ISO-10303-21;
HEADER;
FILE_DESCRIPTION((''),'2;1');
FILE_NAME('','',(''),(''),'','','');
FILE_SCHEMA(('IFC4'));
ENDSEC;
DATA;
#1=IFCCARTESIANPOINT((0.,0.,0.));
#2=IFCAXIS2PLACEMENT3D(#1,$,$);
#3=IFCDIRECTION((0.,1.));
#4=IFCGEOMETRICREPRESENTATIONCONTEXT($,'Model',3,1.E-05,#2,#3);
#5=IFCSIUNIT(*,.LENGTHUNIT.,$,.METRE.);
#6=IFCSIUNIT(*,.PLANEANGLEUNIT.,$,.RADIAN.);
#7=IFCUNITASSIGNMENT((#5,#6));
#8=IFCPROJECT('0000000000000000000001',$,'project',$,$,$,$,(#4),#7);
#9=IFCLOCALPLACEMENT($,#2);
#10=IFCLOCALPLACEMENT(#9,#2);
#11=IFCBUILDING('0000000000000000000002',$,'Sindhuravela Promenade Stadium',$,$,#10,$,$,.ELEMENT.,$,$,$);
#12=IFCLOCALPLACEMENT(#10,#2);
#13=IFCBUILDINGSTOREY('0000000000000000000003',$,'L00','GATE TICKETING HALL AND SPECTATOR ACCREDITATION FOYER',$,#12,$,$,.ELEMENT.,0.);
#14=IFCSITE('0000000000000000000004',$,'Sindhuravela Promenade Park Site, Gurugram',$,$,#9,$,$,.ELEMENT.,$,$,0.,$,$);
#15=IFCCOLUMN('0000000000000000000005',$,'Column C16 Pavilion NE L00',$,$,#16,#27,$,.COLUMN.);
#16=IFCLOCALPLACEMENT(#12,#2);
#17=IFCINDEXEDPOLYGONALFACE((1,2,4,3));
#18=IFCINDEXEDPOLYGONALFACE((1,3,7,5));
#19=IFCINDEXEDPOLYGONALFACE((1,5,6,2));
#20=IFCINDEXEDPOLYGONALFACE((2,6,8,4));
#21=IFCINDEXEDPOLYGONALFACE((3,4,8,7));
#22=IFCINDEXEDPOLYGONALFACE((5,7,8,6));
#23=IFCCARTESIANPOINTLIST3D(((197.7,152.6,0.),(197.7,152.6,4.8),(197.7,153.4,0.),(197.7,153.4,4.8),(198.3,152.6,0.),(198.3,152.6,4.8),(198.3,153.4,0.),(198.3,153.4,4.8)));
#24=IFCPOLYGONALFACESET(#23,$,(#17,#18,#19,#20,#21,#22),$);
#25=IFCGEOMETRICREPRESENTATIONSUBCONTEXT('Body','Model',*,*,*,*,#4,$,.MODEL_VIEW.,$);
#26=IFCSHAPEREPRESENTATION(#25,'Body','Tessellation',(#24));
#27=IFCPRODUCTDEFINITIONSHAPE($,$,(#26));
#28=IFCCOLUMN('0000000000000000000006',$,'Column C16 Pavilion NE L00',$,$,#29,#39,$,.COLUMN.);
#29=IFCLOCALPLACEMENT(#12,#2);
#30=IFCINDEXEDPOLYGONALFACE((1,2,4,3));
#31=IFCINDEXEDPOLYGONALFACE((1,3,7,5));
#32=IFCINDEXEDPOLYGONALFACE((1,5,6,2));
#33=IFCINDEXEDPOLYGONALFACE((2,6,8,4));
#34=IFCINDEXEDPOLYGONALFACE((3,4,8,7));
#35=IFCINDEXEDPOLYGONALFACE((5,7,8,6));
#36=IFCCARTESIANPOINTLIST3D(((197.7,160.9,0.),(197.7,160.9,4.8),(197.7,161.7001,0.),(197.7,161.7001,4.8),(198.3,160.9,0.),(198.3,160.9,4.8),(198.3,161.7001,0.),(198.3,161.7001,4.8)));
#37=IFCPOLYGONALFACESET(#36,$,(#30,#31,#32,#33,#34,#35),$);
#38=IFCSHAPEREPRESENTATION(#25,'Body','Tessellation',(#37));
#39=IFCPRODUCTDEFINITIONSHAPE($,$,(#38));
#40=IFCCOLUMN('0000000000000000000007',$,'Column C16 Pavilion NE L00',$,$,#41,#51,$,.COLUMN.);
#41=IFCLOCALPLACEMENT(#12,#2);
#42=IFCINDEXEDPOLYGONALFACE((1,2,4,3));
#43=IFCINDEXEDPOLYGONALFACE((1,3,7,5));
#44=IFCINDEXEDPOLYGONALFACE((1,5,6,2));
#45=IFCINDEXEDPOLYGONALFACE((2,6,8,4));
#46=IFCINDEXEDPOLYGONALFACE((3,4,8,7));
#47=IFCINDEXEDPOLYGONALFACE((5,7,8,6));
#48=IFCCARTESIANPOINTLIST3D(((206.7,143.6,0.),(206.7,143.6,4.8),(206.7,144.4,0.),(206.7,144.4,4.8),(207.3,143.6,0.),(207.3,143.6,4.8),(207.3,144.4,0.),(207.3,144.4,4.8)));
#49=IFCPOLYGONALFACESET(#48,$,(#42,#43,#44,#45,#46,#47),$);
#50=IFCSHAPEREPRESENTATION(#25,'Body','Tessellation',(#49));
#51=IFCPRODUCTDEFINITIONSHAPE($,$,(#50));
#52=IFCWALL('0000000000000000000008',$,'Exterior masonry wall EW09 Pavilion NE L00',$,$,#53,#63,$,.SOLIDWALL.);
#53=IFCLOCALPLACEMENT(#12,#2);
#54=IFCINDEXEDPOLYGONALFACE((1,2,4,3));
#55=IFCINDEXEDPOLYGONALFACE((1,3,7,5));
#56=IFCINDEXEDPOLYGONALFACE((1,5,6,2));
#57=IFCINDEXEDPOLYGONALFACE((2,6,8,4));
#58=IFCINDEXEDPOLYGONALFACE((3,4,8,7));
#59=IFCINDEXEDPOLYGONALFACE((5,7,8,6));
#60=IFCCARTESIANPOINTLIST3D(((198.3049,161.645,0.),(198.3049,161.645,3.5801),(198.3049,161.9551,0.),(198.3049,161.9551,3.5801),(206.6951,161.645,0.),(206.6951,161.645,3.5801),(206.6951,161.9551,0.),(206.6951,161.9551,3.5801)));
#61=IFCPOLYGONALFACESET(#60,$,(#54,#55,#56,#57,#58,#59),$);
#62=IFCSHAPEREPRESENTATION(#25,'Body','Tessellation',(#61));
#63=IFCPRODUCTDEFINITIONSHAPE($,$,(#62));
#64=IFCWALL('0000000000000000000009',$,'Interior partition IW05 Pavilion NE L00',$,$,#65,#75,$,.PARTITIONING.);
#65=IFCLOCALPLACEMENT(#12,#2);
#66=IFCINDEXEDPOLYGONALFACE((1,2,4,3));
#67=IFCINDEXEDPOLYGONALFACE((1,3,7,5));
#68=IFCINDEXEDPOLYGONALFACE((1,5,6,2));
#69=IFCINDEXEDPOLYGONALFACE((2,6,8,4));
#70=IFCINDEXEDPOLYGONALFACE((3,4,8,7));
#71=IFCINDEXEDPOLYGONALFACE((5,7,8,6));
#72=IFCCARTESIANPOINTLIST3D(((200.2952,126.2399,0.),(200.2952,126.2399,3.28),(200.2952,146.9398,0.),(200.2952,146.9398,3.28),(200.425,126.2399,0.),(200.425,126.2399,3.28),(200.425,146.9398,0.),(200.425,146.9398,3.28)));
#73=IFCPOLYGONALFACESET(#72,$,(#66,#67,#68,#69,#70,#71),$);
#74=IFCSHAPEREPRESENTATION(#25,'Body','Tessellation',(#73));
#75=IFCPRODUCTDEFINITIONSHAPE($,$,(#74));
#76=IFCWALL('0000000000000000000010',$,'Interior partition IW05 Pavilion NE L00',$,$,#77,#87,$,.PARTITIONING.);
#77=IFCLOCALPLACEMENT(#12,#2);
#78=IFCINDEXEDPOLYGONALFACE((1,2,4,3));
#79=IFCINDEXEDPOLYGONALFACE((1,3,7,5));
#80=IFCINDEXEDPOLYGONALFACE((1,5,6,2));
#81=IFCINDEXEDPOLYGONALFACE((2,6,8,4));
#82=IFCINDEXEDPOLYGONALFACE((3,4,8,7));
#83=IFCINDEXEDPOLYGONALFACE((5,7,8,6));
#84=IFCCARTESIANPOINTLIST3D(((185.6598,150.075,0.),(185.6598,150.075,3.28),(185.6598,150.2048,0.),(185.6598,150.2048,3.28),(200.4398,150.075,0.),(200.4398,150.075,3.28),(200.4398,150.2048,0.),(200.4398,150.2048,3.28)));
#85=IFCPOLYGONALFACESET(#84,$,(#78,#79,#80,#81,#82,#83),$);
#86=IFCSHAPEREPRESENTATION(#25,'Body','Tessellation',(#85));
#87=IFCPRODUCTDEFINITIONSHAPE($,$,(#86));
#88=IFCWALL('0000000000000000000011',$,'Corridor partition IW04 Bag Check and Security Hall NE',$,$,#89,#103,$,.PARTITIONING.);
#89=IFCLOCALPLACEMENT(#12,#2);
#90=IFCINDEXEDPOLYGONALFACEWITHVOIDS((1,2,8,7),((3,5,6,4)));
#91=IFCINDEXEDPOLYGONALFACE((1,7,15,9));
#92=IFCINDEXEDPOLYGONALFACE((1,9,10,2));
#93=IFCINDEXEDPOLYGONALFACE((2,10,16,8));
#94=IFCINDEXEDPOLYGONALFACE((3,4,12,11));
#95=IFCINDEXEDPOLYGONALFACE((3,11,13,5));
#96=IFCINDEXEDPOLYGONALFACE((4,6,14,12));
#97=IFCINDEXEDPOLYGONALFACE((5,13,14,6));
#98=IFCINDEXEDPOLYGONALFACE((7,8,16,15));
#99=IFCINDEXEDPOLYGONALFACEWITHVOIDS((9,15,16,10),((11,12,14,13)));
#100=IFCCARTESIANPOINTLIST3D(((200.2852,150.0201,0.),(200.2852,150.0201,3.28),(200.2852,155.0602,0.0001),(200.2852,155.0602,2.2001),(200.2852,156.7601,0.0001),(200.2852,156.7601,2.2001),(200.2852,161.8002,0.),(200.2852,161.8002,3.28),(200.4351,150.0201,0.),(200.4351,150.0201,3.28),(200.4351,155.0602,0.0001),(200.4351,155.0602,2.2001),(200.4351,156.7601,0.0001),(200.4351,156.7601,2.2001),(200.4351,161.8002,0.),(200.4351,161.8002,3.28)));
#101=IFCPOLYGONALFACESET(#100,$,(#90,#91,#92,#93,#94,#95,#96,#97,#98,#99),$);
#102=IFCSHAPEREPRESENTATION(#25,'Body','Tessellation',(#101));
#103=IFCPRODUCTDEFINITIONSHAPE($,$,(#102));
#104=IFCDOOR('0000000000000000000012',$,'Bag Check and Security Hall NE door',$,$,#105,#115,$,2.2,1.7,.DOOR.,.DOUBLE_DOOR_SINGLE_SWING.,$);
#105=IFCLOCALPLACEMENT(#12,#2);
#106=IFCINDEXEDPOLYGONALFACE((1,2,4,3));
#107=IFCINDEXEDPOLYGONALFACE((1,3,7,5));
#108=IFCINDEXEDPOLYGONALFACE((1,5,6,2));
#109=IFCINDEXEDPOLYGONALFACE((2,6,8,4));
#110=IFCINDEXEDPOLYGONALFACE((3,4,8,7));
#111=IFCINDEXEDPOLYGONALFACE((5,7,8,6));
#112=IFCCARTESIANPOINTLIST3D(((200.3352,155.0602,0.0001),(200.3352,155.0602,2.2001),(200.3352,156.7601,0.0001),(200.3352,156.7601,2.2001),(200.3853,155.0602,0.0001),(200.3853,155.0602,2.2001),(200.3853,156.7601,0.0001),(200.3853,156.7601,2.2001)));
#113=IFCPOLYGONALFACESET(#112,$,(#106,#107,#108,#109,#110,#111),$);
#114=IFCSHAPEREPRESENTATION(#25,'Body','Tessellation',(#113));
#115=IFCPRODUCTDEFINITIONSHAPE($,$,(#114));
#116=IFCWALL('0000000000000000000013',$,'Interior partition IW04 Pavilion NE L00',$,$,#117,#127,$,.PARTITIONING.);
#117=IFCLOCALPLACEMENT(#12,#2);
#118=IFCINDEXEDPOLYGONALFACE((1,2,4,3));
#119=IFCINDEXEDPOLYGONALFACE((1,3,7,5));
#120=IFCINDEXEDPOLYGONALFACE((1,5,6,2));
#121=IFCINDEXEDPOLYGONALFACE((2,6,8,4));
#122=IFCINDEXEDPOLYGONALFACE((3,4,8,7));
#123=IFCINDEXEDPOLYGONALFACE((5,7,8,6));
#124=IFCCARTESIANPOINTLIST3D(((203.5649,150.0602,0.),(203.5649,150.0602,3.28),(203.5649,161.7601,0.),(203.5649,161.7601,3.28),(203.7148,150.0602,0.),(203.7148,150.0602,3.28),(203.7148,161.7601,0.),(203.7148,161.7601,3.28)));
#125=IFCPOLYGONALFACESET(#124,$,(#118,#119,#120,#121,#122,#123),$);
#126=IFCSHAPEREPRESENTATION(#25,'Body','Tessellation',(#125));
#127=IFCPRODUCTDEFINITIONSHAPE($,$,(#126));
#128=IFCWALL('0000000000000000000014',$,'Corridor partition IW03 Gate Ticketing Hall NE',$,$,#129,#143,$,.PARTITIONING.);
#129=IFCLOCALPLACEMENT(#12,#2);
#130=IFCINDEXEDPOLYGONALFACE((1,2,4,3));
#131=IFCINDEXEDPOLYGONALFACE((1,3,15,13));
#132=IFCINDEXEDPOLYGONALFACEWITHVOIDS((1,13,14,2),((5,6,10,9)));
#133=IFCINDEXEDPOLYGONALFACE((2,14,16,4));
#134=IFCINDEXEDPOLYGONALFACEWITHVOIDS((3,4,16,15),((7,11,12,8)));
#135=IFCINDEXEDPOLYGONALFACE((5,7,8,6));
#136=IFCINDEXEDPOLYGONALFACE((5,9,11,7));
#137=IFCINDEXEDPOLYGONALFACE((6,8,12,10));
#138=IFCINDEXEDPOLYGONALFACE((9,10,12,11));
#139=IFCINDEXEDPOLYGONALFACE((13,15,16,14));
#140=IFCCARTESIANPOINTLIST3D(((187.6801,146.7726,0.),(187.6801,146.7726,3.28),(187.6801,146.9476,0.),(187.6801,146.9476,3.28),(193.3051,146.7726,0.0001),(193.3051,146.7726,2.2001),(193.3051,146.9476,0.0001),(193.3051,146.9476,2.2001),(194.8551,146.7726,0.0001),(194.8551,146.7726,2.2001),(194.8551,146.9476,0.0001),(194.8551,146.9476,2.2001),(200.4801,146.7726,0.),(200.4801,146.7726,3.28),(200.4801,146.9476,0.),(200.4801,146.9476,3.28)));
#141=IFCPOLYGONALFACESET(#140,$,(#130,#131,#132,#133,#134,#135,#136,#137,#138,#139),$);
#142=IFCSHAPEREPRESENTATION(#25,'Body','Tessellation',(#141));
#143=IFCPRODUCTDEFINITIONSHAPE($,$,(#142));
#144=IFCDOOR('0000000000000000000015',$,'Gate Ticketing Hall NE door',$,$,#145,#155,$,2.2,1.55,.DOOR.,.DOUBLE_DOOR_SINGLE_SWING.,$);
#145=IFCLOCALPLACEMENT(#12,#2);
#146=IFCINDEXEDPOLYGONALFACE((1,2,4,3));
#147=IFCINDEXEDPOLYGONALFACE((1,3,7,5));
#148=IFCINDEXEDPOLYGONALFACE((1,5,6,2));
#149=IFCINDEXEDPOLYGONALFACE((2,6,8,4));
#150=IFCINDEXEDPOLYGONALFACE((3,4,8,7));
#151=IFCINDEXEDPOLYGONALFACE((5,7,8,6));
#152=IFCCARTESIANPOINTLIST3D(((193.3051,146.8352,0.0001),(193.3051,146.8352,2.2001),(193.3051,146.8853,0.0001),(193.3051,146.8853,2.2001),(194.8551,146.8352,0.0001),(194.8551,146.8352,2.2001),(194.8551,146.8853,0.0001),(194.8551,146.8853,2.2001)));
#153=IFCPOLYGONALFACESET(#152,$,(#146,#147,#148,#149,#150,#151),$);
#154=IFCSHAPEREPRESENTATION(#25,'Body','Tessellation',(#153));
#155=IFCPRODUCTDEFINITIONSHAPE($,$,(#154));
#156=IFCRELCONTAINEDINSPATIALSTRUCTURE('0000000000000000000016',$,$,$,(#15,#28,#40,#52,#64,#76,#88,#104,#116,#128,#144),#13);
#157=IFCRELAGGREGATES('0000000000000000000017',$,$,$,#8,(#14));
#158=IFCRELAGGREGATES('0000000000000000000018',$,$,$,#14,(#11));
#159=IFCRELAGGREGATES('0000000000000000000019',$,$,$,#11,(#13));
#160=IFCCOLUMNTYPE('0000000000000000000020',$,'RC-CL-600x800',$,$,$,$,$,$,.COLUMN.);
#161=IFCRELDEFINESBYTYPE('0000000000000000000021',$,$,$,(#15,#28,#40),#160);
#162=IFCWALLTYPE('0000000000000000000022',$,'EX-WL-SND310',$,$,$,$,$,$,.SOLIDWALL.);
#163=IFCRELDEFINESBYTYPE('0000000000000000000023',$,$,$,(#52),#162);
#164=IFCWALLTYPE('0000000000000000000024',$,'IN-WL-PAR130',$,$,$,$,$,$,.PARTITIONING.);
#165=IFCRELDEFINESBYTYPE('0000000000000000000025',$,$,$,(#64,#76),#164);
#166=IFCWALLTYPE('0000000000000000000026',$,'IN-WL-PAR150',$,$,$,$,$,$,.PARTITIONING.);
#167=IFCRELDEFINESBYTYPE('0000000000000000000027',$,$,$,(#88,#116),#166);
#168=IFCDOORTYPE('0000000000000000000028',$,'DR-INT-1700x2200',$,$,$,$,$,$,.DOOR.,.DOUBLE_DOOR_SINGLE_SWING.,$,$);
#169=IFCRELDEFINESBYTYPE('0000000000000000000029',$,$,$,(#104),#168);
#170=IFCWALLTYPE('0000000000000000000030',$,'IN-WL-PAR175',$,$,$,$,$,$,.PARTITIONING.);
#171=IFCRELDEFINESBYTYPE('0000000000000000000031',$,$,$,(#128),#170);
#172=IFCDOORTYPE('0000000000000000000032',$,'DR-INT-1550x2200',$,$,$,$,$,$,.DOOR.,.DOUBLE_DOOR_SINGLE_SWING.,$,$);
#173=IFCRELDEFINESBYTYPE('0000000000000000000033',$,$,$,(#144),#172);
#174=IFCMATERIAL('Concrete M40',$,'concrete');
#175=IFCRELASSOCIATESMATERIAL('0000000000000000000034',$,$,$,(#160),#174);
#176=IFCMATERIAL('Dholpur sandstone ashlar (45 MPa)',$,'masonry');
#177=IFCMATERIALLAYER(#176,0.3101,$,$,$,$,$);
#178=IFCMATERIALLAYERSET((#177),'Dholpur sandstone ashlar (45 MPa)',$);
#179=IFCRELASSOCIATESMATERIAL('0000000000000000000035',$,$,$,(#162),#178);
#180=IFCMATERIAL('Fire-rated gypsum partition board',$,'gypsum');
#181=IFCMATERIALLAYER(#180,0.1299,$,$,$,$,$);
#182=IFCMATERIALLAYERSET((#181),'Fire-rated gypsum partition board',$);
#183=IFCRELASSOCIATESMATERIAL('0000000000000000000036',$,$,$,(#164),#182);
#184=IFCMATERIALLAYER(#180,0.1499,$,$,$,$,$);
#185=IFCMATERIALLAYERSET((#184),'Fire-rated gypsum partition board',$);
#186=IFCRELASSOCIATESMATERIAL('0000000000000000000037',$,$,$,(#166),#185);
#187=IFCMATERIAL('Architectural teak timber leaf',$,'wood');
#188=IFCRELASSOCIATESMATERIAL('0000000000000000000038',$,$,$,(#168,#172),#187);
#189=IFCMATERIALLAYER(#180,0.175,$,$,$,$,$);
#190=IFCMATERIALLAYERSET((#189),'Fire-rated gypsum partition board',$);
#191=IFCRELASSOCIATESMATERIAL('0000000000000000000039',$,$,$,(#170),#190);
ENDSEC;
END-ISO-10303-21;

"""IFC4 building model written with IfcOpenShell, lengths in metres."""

from ifc_helpers import new_model, si_unit, direction, frame, frame_2d, origin, origin_2d, place, context, subcontext, project, spatial, rectangle, extrude, material, layer, layer_set, material_profile, profile_set, type_object, element, fill, save


model = new_model("IFC4")

# Units and contexts
model_context = context("Model", 3, precision=1e-05, world=origin(), true_north=direction((0.0, 1.0)))
body_context = subcontext(model_context, "Body", "Model", "MODEL_VIEW")
ifc_project = project(units=[si_unit("LENGTHUNIT", "METRE"), si_unit("PLANEANGLEUNIT", "RADIAN")], contexts=[model_context])

# Site, building, storey
site_placement = place(None, origin())
site = spatial("IfcSite", under=ifc_project, at=site_placement, Name="Sindhuravela Promenade Park Site, Gurugram", CompositionType="ELEMENT", RefElevation=0.0)
building_placement = place(site_placement, origin())
building = spatial("IfcBuilding", under=site, at=building_placement, Name="Sindhuravela Promenade Stadium", CompositionType="ELEMENT")
storey_placement = place(building_placement, origin())
storey = spatial("IfcBuildingStorey", under=building, at=storey_placement, Name="L00", Description="GATE TICKETING HALL AND SPECTATOR ACCREDITATION FOYER", CompositionType="ELEMENT", Elevation=0.0)

# Shared definitions
ifc_material_1 = material(Name="Concrete M40", Category="concrete")

# Columns
ifc_material_profile_1 = material_profile(ifc_material_1, rectangle(XDim=0.6001, YDim=0.8, at=origin_2d()), Name="RC 600x800")
ifc_profile_set_1 = profile_set([ifc_material_profile_1], Name="Concrete M40")
column_type = type_object("IfcColumnType", Name="RC-CL-600x800", PredefinedType="COLUMN", material=ifc_profile_set_1)
for number, where, z_axis, x_axis, name in (
    (1, (198.0, 153.0, 0.0), (0.0, 0.0, 1.0), (1.0, 0.0, 0.0), "Column C16 Pavilion NE L00"),
    (2, (198.0, 161.3, 0.0), (0.0, 0.0, 1.0), (1.0, 0.0, 0.0), "Column C16 Pavilion NE L00"),
    (3, (207.0, 144.0, 0.0), (0.0, 0.0, 1.0), (1.0, 0.0, 0.0), "Column C16 Pavilion NE L00"),
):
    element("IfcColumn", number, at=place(storey_placement, frame(where, z_axis=z_axis, x_axis=x_axis)), inside=storey, type_object=column_type, Name=name, PredefinedType="COLUMN", context=body_context, shape_type="SweptSolid", body=[
        extrude(rectangle(XDim=0.6001, YDim=0.8, at=origin_2d()), origin(), (0.0, 0.0, 1.0), 4.8),
    ])

# Walls
ifc_material_2 = material(Name="Dholpur sandstone ashlar (45 MPa)", Category="masonry")
ifc_layer_1 = layer(ifc_material_2, 0.3101)
ifc_layer_set_1 = layer_set([ifc_layer_1], Name="Dholpur sandstone ashlar (45 MPa)")
wall_type_1 = type_object("IfcWallType", Name="EX-WL-SND310", PredefinedType="SOLIDWALL", material=ifc_layer_set_1)
wall_1_placement = place(storey_placement, frame((198.3049, 161.8, 0.0), z_axis=(0.0, 0.0, 1.0), x_axis=(1.0, 0.0, 0.0)))
element("IfcWall", 4, at=wall_1_placement, inside=storey, type_object=wall_type_1, Name="Exterior masonry wall EW09 Pavilion NE L00", PredefinedType="SOLIDWALL", context=body_context, shape_type="SweptSolid", body=[
    extrude(rectangle(XDim=8.3901, YDim=0.3101, at=frame_2d((4.1951, 0.0))), origin(), (0.0, 0.0, 1.0), 3.5801),
])
ifc_material_3 = material(Name="Fire-rated gypsum partition board", Category="gypsum")
ifc_layer_2 = layer(ifc_material_3, 0.1299)
ifc_layer_set_2 = layer_set([ifc_layer_2], Name="Fire-rated gypsum partition board")
wall_type_2 = type_object("IfcWallType", Name="IN-WL-PAR130", PredefinedType="PARTITIONING", material=ifc_layer_set_2)
wall_2_placement = place(storey_placement, frame((200.3601, 146.9399, 0.0), z_axis=(0.0, 0.0, 1.0), x_axis=(0.0, -1.0, 0.0)))
element("IfcWall", 5, at=wall_2_placement, inside=storey, type_object=wall_type_2, Name="Interior partition IW05 Pavilion NE L00", PredefinedType="PARTITIONING", context=body_context, shape_type="SweptSolid", body=[
    extrude(rectangle(XDim=20.7, YDim=0.1299, at=frame_2d((10.3501, 0.0))), origin(), (0.0, 0.0, 1.0), 3.28),
])
wall_3_placement = place(storey_placement, frame((200.4399, 150.1399, 0.0), z_axis=(0.0, 0.0, 1.0), x_axis=(-1.0, 0.0, 0.0)))
element("IfcWall", 6, at=wall_3_placement, inside=storey, type_object=wall_type_2, Name="Interior partition IW05 Pavilion NE L00", PredefinedType="PARTITIONING", context=body_context, shape_type="SweptSolid", body=[
    extrude(rectangle(XDim=14.78, YDim=0.1299, at=frame_2d((7.3901, 0.0))), origin(), (0.0, 0.0, 1.0), 3.28),
])

# Wall, opening, door
ifc_layer_3 = layer(ifc_material_3, 0.1499)
ifc_layer_set_3 = layer_set([ifc_layer_3], Name="Fire-rated gypsum partition board")
wall_type_3 = type_object("IfcWallType", Name="IN-WL-PAR150", PredefinedType="PARTITIONING", material=ifc_layer_set_3)
wall_4_placement = place(storey_placement, frame((200.3601, 150.02, 0.0), z_axis=(0.0, 0.0, 1.0), x_axis=(0.0, 1.0, 0.0)))
wall_4 = element("IfcWall", 7, at=wall_4_placement, inside=storey, type_object=wall_type_3, Name="Corridor partition IW04 Bag Check and Security Hall NE", PredefinedType="PARTITIONING", context=body_context, shape_type="SweptSolid", body=[
    extrude(rectangle(XDim=11.78, YDim=0.1499, at=frame_2d((5.8901, 0.0))), origin(), (0.0, 0.0, 1.0), 3.28),
])
opening_1_placement = place(wall_4_placement, frame((5.04, 0.0, 0.0)))
opening_1 = element("IfcOpeningElement", 8, at=opening_1_placement, cuts=wall_4, PredefinedType="OPENING", context=body_context, shape_type="SweptSolid", body=[
    extrude(rectangle(XDim=1.7, YDim=2.2, at=frame_2d((0.8501, 1.1001))), frame((0.0, 0.085, 0.0), z_axis=(0.0, -1.0, 0.0), x_axis=(1.0, 0.0, 0.0)), (0.0, 0.0, 1.0), 0.1699),
])
ifc_material_4 = material(Name="Architectural teak timber leaf", Category="wood")
door_type_1 = type_object("IfcDoorType", Name="DR-INT-1700x2200", OperationType="DOUBLE_DOOR_SINGLE_SWING", PredefinedType="DOOR", material=ifc_material_4)
door_1_placement = place(opening_1_placement, origin())
door_1 = element("IfcDoor", 9, at=door_1_placement, inside=storey, type_object=door_type_1, Name="Bag Check and Security Hall NE door", OperationType="DOUBLE_DOOR_SINGLE_SWING", OverallHeight=2.2, OverallWidth=1.7, PredefinedType="DOOR", context=body_context, shape_type="SweptSolid", body=[
    extrude(rectangle(XDim=1.7, YDim=2.2, at=frame_2d((0.8501, 1.1001))), frame((0.0, 0.0249, 0.0), z_axis=(0.0, -1.0, 0.0), x_axis=(1.0, 0.0, 0.0)), (0.0, 0.0, 1.0), 0.05),
])
fill(opening_1, door_1)

# Wall
wall_5_placement = place(storey_placement, frame((203.6399, 150.0601, 0.0), z_axis=(0.0, 0.0, 1.0), x_axis=(0.0, 1.0, 0.0)))
element("IfcWall", 10, at=wall_5_placement, inside=storey, type_object=wall_type_3, Name="Interior partition IW04 Pavilion NE L00", PredefinedType="PARTITIONING", context=body_context, shape_type="SweptSolid", body=[
    extrude(rectangle(XDim=11.7, YDim=0.1499, at=frame_2d((5.8501, 0.0))), origin(), (0.0, 0.0, 1.0), 3.28),
])

# Wall, opening, door
ifc_layer_4 = layer(ifc_material_3, 0.175)
ifc_layer_set_4 = layer_set([ifc_layer_4], Name="Fire-rated gypsum partition board")
wall_type_4 = type_object("IfcWallType", Name="IN-WL-PAR175", PredefinedType="PARTITIONING", material=ifc_layer_set_4)
wall_6_placement = place(storey_placement, frame((200.48, 146.8601, 0.0), z_axis=(0.0, 0.0, 1.0), x_axis=(-1.0, 0.0, 0.0)))
wall_6 = element("IfcWall", 11, at=wall_6_placement, inside=storey, type_object=wall_type_4, Name="Corridor partition IW03 Gate Ticketing Hall NE", PredefinedType="PARTITIONING", context=body_context, shape_type="SweptSolid", body=[
    extrude(rectangle(XDim=12.8, YDim=0.175, at=frame_2d((6.3999, 0.0))), origin(), (0.0, 0.0, 1.0), 3.28),
])
opening_2_placement = place(wall_6_placement, frame((5.625, 0.0, 0.0)))
opening_2 = element("IfcOpeningElement", 12, at=opening_2_placement, cuts=wall_6, PredefinedType="OPENING", context=body_context, shape_type="SweptSolid", body=[
    extrude(rectangle(XDim=1.55, YDim=2.2, at=frame_2d((0.7749, 1.1001))), frame((0.0, 0.0974, 0.0), z_axis=(0.0, -1.0, 0.0), x_axis=(1.0, 0.0, 0.0)), (0.0, 0.0, 1.0), 0.1951),
])
door_type_2 = type_object("IfcDoorType", Name="DR-INT-1550x2200", OperationType="DOUBLE_DOOR_SINGLE_SWING", PredefinedType="DOOR", material=ifc_material_4)
door_2_placement = place(opening_2_placement, origin())
door_2 = element("IfcDoor", 13, at=door_2_placement, inside=storey, type_object=door_type_2, Name="Gate Ticketing Hall NE door", OperationType="DOUBLE_DOOR_SINGLE_SWING", OverallHeight=2.2, OverallWidth=1.55, PredefinedType="DOOR", context=body_context, shape_type="SweptSolid", body=[
    extrude(rectangle(XDim=1.55, YDim=2.2, at=frame_2d((0.7749, 1.1001))), frame((0.0, 0.0249, 0.0), z_axis=(0.0, -1.0, 0.0), x_axis=(1.0, 0.0, 0.0)), (0.0, 0.0, 1.0), 0.05),
])
fill(opening_2, door_2)

save(model, "model.ifc")
